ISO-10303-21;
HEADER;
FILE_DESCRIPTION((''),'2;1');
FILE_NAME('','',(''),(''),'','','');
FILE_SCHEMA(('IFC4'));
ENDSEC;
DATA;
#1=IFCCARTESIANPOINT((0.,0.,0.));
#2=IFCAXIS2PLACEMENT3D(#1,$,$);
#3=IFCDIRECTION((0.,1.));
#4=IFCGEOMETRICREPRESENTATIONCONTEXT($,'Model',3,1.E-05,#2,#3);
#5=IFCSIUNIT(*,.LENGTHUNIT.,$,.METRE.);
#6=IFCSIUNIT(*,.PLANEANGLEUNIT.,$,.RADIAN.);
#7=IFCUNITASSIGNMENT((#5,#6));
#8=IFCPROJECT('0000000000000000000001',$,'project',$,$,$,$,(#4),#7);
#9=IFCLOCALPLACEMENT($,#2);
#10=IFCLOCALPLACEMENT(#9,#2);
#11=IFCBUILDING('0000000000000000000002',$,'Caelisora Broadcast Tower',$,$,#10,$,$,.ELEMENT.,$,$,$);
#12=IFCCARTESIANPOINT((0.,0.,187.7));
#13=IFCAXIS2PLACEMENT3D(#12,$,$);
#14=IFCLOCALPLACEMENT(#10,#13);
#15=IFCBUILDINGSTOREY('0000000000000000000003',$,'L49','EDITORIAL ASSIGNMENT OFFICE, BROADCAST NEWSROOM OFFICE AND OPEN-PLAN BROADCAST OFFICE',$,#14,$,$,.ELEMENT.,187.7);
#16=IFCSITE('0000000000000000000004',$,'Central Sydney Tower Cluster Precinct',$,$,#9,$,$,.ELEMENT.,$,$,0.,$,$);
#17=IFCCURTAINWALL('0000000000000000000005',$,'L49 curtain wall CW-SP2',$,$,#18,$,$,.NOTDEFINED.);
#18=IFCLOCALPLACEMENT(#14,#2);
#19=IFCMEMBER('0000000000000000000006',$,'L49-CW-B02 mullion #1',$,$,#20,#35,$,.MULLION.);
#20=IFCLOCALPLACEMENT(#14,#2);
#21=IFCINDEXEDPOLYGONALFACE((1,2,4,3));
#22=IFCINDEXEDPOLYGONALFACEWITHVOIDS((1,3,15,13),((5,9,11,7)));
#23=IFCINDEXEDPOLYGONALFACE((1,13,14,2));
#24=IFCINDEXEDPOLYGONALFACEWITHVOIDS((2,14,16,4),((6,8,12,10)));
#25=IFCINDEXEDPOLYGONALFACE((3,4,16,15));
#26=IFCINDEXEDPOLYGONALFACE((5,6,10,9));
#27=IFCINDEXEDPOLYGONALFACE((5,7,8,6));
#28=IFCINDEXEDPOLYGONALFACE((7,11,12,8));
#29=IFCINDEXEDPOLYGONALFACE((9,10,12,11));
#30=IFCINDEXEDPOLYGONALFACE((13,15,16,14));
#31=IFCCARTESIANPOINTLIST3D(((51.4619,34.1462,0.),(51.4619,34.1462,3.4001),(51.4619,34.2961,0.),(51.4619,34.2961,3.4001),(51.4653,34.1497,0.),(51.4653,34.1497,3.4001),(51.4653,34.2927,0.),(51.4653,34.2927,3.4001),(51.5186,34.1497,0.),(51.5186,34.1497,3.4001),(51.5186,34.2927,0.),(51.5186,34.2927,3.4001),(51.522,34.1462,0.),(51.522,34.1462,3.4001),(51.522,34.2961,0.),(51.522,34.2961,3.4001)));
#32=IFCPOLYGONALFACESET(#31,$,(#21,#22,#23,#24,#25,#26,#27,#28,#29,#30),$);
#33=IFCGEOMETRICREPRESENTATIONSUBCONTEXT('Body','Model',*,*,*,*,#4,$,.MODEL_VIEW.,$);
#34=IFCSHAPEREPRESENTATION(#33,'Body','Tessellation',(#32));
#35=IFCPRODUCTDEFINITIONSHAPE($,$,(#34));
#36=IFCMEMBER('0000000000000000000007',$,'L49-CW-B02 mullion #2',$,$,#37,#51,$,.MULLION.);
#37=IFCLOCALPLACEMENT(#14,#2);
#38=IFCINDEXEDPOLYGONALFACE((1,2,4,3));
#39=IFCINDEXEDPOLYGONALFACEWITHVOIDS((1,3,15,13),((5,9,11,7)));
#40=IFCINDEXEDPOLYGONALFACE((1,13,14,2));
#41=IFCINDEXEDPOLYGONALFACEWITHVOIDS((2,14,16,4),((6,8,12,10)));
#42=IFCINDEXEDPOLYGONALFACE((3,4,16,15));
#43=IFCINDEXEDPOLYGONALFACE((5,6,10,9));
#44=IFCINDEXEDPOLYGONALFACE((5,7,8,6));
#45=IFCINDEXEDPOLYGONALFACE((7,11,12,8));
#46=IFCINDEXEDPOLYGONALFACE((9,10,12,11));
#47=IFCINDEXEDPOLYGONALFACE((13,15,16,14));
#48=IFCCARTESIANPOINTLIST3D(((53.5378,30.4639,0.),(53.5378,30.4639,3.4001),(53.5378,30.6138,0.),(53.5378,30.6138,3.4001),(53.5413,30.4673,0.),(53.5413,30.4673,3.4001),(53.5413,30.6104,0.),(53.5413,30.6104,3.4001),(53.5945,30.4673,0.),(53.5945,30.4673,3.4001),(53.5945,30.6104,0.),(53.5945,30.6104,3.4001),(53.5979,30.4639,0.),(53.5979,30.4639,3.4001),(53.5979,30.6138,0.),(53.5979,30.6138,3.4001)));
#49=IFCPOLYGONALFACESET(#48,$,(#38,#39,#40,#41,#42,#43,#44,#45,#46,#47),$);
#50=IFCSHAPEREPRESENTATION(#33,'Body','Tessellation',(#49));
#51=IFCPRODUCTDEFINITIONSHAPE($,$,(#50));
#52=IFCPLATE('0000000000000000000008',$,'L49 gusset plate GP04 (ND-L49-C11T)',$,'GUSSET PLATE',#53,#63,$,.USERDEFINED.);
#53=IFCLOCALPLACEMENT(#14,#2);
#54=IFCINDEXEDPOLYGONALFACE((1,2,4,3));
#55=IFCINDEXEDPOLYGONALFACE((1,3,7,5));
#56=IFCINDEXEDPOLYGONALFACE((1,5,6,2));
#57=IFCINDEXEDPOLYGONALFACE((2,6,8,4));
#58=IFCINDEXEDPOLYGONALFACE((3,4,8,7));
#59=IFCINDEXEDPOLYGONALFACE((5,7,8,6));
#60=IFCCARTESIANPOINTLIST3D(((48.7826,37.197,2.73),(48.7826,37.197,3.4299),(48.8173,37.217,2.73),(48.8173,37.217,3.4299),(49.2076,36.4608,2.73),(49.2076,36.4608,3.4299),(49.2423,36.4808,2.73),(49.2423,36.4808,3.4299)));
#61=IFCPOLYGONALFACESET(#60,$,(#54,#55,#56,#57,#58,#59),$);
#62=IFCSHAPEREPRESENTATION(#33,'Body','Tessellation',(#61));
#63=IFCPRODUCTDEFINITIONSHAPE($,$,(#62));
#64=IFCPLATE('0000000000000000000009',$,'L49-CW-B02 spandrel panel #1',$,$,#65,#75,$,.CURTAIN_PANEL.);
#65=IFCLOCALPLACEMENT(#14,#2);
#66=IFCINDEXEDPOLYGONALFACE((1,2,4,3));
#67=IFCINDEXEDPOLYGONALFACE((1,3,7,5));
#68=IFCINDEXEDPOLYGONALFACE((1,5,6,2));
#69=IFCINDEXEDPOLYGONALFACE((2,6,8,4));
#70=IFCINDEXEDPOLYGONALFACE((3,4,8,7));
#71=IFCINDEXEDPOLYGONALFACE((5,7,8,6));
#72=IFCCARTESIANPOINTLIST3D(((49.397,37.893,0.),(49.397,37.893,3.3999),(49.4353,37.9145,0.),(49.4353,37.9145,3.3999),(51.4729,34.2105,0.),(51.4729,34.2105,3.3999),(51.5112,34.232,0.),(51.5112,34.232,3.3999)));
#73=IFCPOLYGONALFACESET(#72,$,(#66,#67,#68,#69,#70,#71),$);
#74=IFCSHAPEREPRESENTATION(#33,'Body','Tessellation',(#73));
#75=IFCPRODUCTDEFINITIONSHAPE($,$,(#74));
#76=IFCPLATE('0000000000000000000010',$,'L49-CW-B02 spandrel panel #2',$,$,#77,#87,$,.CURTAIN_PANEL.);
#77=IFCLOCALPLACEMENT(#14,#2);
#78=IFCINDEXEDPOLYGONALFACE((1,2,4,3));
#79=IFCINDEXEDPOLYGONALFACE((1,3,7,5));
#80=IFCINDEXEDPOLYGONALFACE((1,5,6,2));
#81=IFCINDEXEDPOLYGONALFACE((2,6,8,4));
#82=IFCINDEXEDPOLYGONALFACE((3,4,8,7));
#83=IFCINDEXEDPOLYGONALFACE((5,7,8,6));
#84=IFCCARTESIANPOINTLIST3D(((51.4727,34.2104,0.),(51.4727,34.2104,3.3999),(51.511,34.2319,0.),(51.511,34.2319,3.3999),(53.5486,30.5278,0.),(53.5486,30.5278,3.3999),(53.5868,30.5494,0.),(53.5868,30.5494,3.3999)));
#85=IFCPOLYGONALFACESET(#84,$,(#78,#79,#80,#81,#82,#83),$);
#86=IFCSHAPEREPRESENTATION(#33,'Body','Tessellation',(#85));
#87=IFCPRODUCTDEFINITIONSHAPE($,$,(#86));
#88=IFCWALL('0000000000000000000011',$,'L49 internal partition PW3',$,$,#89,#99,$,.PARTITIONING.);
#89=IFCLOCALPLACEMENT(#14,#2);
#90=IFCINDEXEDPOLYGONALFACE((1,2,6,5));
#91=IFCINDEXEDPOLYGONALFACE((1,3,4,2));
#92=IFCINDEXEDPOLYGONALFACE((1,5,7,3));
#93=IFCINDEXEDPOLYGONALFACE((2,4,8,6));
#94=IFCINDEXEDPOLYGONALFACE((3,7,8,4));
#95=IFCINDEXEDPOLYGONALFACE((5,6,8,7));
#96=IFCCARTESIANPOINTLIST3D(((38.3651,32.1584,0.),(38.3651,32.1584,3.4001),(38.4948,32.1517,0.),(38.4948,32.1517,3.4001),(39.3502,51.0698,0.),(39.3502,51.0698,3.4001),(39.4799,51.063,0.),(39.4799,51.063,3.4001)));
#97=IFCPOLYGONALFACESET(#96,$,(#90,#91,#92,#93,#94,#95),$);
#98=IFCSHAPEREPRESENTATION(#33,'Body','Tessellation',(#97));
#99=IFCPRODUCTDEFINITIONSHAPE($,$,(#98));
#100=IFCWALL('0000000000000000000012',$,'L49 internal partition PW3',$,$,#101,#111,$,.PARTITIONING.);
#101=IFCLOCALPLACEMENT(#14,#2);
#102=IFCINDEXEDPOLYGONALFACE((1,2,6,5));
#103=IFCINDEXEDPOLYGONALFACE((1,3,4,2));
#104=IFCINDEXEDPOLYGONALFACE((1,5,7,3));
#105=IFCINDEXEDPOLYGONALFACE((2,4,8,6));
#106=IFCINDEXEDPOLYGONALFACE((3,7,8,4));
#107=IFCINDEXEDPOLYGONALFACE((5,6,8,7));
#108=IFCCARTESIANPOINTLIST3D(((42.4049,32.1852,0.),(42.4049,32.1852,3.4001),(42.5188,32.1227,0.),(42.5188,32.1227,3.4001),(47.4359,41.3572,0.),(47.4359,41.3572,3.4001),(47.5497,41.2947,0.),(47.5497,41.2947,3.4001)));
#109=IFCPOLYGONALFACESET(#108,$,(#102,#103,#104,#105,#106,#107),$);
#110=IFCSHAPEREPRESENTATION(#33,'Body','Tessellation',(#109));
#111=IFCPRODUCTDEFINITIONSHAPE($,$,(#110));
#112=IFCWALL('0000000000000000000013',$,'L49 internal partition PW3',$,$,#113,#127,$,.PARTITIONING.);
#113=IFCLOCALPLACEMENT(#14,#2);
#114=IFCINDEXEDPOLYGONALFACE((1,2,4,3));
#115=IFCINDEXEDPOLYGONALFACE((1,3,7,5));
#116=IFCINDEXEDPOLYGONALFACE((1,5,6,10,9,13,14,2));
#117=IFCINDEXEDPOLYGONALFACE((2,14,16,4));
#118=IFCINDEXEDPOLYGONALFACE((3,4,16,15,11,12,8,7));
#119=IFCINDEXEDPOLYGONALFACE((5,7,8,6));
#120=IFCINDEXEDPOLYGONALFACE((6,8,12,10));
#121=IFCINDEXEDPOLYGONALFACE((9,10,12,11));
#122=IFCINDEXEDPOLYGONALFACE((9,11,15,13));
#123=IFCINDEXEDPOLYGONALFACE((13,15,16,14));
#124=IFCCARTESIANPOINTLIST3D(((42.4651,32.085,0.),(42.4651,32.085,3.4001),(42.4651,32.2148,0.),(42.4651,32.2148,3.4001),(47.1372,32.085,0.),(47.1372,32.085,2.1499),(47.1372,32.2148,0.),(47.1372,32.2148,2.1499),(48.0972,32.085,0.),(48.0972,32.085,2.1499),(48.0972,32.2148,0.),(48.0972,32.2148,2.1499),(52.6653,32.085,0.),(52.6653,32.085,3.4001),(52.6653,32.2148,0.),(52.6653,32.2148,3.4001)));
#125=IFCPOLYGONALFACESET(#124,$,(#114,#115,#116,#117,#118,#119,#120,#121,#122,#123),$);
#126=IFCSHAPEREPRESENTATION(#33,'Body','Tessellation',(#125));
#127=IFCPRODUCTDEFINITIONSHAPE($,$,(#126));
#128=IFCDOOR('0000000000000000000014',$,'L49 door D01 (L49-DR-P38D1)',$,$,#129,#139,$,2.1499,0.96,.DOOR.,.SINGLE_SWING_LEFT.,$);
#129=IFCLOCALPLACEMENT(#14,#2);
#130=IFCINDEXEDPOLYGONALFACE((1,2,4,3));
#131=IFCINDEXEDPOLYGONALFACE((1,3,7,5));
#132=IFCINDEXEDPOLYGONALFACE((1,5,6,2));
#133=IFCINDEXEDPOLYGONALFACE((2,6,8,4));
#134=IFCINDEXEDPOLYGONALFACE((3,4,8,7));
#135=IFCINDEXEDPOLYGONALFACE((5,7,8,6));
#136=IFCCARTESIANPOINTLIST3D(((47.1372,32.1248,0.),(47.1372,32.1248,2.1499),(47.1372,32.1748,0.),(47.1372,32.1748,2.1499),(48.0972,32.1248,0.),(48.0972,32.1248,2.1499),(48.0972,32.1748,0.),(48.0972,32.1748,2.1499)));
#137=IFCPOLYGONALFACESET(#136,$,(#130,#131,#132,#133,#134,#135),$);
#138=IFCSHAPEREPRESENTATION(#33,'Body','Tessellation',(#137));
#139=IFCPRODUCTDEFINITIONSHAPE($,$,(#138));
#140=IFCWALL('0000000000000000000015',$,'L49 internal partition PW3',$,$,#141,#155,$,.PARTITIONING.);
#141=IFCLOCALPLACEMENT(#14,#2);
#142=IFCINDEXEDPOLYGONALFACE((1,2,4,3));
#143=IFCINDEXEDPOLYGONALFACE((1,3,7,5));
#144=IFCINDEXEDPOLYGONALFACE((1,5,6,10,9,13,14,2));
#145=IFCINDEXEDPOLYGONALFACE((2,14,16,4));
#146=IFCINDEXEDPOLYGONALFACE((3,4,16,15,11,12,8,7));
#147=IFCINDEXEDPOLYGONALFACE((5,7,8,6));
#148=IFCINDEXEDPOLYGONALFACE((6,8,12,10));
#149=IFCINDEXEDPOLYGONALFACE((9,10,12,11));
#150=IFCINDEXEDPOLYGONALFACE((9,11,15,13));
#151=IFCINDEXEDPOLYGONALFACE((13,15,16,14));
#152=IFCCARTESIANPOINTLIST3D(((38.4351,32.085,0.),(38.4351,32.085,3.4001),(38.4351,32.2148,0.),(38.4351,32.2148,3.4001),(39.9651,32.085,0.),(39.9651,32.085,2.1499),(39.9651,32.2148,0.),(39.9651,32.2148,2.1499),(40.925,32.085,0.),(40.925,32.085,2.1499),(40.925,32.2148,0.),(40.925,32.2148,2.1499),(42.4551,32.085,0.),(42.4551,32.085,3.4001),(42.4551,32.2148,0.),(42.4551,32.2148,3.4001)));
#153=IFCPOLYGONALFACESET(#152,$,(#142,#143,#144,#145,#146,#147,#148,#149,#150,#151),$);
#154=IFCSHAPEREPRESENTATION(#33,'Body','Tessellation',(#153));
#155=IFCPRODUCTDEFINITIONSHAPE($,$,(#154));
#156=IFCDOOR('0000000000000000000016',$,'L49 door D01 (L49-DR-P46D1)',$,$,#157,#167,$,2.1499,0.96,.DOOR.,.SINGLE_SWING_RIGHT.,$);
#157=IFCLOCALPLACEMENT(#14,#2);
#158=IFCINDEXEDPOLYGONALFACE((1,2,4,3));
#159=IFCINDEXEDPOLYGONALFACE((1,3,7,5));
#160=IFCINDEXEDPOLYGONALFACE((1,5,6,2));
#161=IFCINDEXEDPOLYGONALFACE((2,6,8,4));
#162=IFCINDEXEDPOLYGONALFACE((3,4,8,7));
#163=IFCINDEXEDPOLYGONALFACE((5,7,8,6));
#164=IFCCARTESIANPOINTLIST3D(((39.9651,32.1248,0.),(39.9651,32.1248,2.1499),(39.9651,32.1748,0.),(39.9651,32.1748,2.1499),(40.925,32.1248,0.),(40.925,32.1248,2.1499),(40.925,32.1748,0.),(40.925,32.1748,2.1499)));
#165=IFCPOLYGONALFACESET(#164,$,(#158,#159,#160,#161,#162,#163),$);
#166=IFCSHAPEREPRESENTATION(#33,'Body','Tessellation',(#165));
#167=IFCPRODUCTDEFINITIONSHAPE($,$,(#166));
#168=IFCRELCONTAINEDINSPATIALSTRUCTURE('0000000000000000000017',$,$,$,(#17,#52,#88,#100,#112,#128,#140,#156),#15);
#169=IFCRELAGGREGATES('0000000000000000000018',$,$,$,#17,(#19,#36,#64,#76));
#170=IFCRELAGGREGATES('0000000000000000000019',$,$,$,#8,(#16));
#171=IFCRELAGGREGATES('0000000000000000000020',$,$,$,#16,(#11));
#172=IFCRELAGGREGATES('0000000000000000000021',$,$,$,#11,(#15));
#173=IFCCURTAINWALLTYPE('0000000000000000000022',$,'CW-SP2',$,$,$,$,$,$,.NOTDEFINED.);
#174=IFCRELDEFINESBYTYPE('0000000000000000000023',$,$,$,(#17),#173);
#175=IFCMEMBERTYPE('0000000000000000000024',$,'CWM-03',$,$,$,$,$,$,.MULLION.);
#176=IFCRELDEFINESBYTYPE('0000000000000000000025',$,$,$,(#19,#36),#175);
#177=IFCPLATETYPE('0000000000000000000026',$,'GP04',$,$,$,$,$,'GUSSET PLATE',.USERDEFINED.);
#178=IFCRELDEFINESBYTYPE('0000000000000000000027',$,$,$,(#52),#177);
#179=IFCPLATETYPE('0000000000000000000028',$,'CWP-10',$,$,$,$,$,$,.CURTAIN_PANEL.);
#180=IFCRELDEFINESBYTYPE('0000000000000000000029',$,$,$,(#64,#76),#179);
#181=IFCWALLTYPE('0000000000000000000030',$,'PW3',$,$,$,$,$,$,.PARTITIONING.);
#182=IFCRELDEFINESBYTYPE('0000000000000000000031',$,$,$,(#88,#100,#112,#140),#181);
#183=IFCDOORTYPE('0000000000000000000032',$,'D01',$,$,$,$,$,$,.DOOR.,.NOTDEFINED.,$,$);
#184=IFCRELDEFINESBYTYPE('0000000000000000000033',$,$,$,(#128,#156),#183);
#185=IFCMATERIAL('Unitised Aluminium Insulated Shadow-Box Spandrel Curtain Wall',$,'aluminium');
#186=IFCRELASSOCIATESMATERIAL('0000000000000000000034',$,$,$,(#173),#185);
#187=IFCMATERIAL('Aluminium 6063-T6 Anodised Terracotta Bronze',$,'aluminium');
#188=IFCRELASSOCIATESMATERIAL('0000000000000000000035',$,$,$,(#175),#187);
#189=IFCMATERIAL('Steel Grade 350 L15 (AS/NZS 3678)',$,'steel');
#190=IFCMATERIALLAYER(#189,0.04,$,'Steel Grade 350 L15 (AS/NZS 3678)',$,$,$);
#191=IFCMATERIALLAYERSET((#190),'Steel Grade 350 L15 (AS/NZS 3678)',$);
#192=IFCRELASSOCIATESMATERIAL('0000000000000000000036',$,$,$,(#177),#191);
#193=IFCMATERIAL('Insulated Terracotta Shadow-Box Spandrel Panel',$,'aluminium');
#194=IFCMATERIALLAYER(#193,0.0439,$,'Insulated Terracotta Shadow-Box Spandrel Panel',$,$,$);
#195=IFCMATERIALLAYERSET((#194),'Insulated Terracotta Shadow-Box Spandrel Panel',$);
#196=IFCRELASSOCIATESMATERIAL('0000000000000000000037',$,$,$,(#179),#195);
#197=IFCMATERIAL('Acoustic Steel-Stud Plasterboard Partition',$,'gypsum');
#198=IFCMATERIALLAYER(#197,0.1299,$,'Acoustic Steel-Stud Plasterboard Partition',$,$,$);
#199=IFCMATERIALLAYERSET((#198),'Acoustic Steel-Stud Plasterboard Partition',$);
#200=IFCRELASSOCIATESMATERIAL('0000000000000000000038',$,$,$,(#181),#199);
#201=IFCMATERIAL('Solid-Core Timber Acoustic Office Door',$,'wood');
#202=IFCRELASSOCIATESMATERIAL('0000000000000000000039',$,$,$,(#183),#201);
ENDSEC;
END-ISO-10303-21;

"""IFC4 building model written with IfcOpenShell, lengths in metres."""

from ifc_helpers import new_model, si_unit, direction, frame, frame_2d, origin, origin_2d, place, context, subcontext, project, spatial, rectangle, hollow_rectangle, extrude, source, transform, mapped, material, layer, layer_set, material_profile, profile_set, type_object, type_shapes, element, fill, aggregate, save


model = new_model("IFC4")

# Units and contexts
model_context = context("Model", 3, precision=1e-05, world=origin(), true_north=direction((0.0, 1.0)))
body_context = subcontext(model_context, "Body", "Model", "MODEL_VIEW")
ifc_project = project(units=[si_unit("LENGTHUNIT", "METRE"), si_unit("PLANEANGLEUNIT", "RADIAN")], contexts=[model_context])

# Site, building, storey
site_placement = place(None, origin())
site = spatial("IfcSite", under=ifc_project, at=site_placement, Name="Central Sydney Tower Cluster Precinct", CompositionType="ELEMENT", RefElevation=0.0)
building_placement = place(site_placement, origin())
building = spatial("IfcBuilding", under=site, at=building_placement, Name="Caelisora Broadcast Tower", CompositionType="ELEMENT")
storey_placement = place(building_placement, frame((0.0, 0.0, 187.7)))
storey = spatial("IfcBuildingStorey", under=building, at=storey_placement, Name="L49", Description="EDITORIAL ASSIGNMENT OFFICE, BROADCAST NEWSROOM OFFICE AND OPEN-PLAN BROADCAST OFFICE", CompositionType="ELEMENT", Elevation=187.7)

# Shared definitions
ifc_material_1 = material(Name="Steel Grade 350 L15 (AS/NZS 3678)", Category="steel")

# Curtain wall, members
ifc_material_2 = material(Name="Unitised Aluminium Insulated Shadow-Box Spandrel Curtain Wall", Category="aluminium")
curtain_wall_type = type_object("IfcCurtainWallType", Name="CW-SP2", PredefinedType="NOTDEFINED", material=ifc_material_2)
curtain_wall_placement = place(storey_placement, origin())
curtain_wall = element("IfcCurtainWall", 1, at=curtain_wall_placement, inside=storey, type_object=curtain_wall_type, Name="L49 curtain wall CW-SP2", PredefinedType="NOTDEFINED")
ifc_material_3 = material(Name="Aluminium 6063-T6 Anodised Terracotta Bronze", Category="aluminium")
ifc_material_profile_1 = material_profile(ifc_material_3, hollow_rectangle(XDim=0.0601, YDim=0.1499, WallThickness=0.0034, at=origin_2d()), Name="Aluminium 6063-T6 Anodised Terracotta Bronze")
ifc_profile_set_1 = profile_set([ifc_material_profile_1], Name="Aluminium 6063-T6 Anodised Terracotta Bronze")
member_type = type_object("IfcMemberType", Name="CWM-03", PredefinedType="MULLION", material=ifc_profile_set_1)
shared_shape_1 = source(origin(), body_context, "Body", "SweptSolid", [
    extrude(hollow_rectangle(XDim=0.0601, YDim=0.1499, WallThickness=0.0034, at=origin_2d()), origin(), (0.0, 0.0, 1.0), 3.4001),
])
type_shapes(member_type, [shared_shape_1])
member_1_placement = place(storey_placement, frame((51.4919, 34.2212, 0.0), z_axis=(0.0, 0.0, 1.0), x_axis=(1.0, 0.0, 0.0)))
member_1 = element("IfcMember", 2, at=member_1_placement, type_object=member_type, Name="L49-CW-B02 mullion #1", PredefinedType="MULLION", context=body_context, shape_type="MappedRepresentation", body=[
    mapped(shared_shape_1, transform((0.0, 0.0, 0.0), scale=1.0)),
])
member_2_placement = place(storey_placement, frame((53.5679, 30.5388, 0.0), z_axis=(0.0, 0.0, 1.0), x_axis=(1.0, 0.0, 0.0)))
member_2 = element("IfcMember", 3, at=member_2_placement, type_object=member_type, Name="L49-CW-B02 mullion #2", PredefinedType="MULLION", context=body_context, shape_type="MappedRepresentation", body=[
    mapped(shared_shape_1, transform((0.0, 0.0, 0.0), scale=1.0)),
])

# Plates
ifc_layer_1 = layer(ifc_material_1, 0.04, Name="Steel Grade 350 L15 (AS/NZS 3678)")
ifc_layer_set_1 = layer_set([ifc_layer_1], Name="Steel Grade 350 L15 (AS/NZS 3678)")
plate_type_1 = type_object("IfcPlateType", Name="GP04", ElementType="GUSSET PLATE", PredefinedType="USERDEFINED", material=ifc_layer_set_1)
shared_shape_2 = source(origin(), body_context, "Body", "SweptSolid", [
    extrude(rectangle(XDim=0.8501, YDim=0.04, at=origin_2d()), origin(), (0.0, 0.0, 1.0), 0.7),
])
type_shapes(plate_type_1, [shared_shape_2])
plate_1_placement = place(storey_placement, frame((49.0125, 36.8389, 2.73), z_axis=(0.0, 0.0, 1.0), x_axis=(-0.5, 0.866025, 0.0)))
element("IfcPlate", 4, at=plate_1_placement, inside=storey, type_object=plate_type_1, Name="L49 gusset plate GP04 (ND-L49-C11T)", ObjectType="GUSSET PLATE", PredefinedType="USERDEFINED", context=body_context, shape_type="MappedRepresentation", body=[
    mapped(shared_shape_2, transform((0.0, 0.0, 0.0), scale=1.0)),
])
ifc_material_4 = material(Name="Insulated Terracotta Shadow-Box Spandrel Panel", Category="aluminium")
ifc_layer_2 = layer(ifc_material_4, 0.0439, Name="Insulated Terracotta Shadow-Box Spandrel Panel")
ifc_layer_set_2 = layer_set([ifc_layer_2], Name="Insulated Terracotta Shadow-Box Spandrel Panel")
plate_type_2 = type_object("IfcPlateType", Name="CWP-10", PredefinedType="CURTAIN_PANEL", material=ifc_layer_set_2)
shared_shape_3 = source(origin(), body_context, "Body", "SweptSolid", [
    extrude(rectangle(XDim=4.2273, YDim=0.0439, at=origin_2d()), origin(), (0.0, 0.0, 1.0), 3.3999),
])
type_shapes(plate_type_2, [shared_shape_3])
plate_2_placement = place(storey_placement, frame((50.4541, 36.0625, 0.0), z_axis=(0.0, 0.0, 1.0), x_axis=(0.491056, -0.871128, 0.0)))
plate_2 = element("IfcPlate", 5, at=plate_2_placement, type_object=plate_type_2, Name="L49-CW-B02 spandrel panel #1", PredefinedType="CURTAIN_PANEL", context=body_context, shape_type="MappedRepresentation", body=[
    mapped(shared_shape_3, transform((0.0, 0.0, 0.0), scale=1.0)),
])
plate_3_placement = place(storey_placement, frame((52.5298, 32.3799, 0.0), z_axis=(0.0, 0.0, 1.0), x_axis=(0.491056, -0.871128, 0.0)))
plate_3 = element("IfcPlate", 6, at=plate_3_placement, type_object=plate_type_2, Name="L49-CW-B02 spandrel panel #2", PredefinedType="CURTAIN_PANEL", context=body_context, shape_type="MappedRepresentation", body=[
    mapped(shared_shape_3, transform((0.0, 0.0, 0.0), scale=1.0)),
])
aggregate(curtain_wall, [member_1, member_2, plate_2, plate_3])

# Walls
ifc_material_5 = material(Name="Acoustic Steel-Stud Plasterboard Partition", Category="gypsum")
ifc_layer_3 = layer(ifc_material_5, 0.1299, Name="Acoustic Steel-Stud Plasterboard Partition")
ifc_layer_set_3 = layer_set([ifc_layer_3], Name="Acoustic Steel-Stud Plasterboard Partition")
wall_type = type_object("IfcWallType", Name="PW3", PredefinedType="PARTITIONING", material=ifc_layer_set_3)
wall_1_placement = place(storey_placement, frame((38.4299, 32.155, 0.0), z_axis=(0.0, 0.0, 1.0), x_axis=(0.05202, 0.998646, 0.0)))
element("IfcWall", 7, at=wall_1_placement, inside=storey, type_object=wall_type, Name="L49 internal partition PW3", PredefinedType="PARTITIONING", context=body_context, shape_type="SweptSolid", body=[
    extrude(rectangle(XDim=18.937, YDim=0.1299, at=frame_2d((9.4685, 0.0))), origin(), (0.0, 0.0, 1.0), 3.4001),
])
wall_2_placement = place(storey_placement, frame((42.4619, 32.1541, 0.0), z_axis=(0.0, 0.0, 1.0), x_axis=(0.480916, 0.876767, 0.0)))
element("IfcWall", 8, at=wall_2_placement, inside=storey, type_object=wall_type, Name="L49 internal partition PW3", PredefinedType="PARTITIONING", context=body_context, shape_type="SweptSolid", body=[
    extrude(rectangle(XDim=10.4612, YDim=0.1299, at=frame_2d((5.2305, 0.0))), origin(), (0.0, 0.0, 1.0), 3.4001),
])

# Walls, openings, doors
wall_3_placement = place(storey_placement, frame((42.4651, 32.1499, 0.0), z_axis=(0.0, 0.0, 1.0), x_axis=(1.0, 0.0, 0.0)))
wall_3 = element("IfcWall", 9, at=wall_3_placement, inside=storey, type_object=wall_type, Name="L49 internal partition PW3", PredefinedType="PARTITIONING", context=body_context, shape_type="SweptSolid", body=[
    extrude(rectangle(XDim=10.2002, YDim=0.1299, at=frame_2d((5.1001, 0.0))), origin(), (0.0, 0.0, 1.0), 3.4001),
])
opening_1_placement = place(wall_3_placement, frame((4.6721, 0.0, 0.0)))
opening_1 = element("IfcOpeningElement", 10, at=opening_1_placement, cuts=wall_3, PredefinedType="OPENING", context=body_context, shape_type="SweptSolid", body=[
    extrude(rectangle(XDim=0.96, YDim=2.1499, at=frame_2d((0.48, 1.075))), frame((0.0, 0.0769, 0.0), z_axis=(0.0, -1.0, 0.0), x_axis=(1.0, 0.0, 0.0)), (0.0, 0.0, 1.0), 0.1538),
])
ifc_material_6 = material(Name="Solid-Core Timber Acoustic Office Door", Category="wood")
door_type = type_object("IfcDoorType", Name="D01", OperationType="NOTDEFINED", PredefinedType="DOOR", material=ifc_material_6)
door_1_placement = place(opening_1_placement, origin())
door_1 = element("IfcDoor", 11, at=door_1_placement, inside=storey, type_object=door_type, Name="L49 door D01 (L49-DR-P38D1)", OperationType="SINGLE_SWING_LEFT", OverallHeight=2.1499, OverallWidth=0.96, PredefinedType="DOOR", context=body_context, shape_type="SweptSolid", body=[
    extrude(rectangle(XDim=0.96, YDim=2.1499, at=frame_2d((0.48, 1.075))), frame((0.0, 0.0249, 0.0), z_axis=(0.0, -1.0, 0.0), x_axis=(1.0, 0.0, 0.0)), (0.0, 0.0, 1.0), 0.05),
])
fill(opening_1, door_1)
wall_4_placement = place(storey_placement, frame((38.4351, 32.1499, 0.0), z_axis=(0.0, 0.0, 1.0), x_axis=(1.0, 0.0, 0.0)))
wall_4 = element("IfcWall", 12, at=wall_4_placement, inside=storey, type_object=wall_type, Name="L49 internal partition PW3", PredefinedType="PARTITIONING", context=body_context, shape_type="SweptSolid", body=[
    extrude(rectangle(XDim=4.02, YDim=0.1299, at=frame_2d((2.01, 0.0))), origin(), (0.0, 0.0, 1.0), 3.4001),
])
opening_2_placement = place(wall_4_placement, frame((1.53, 0.0, 0.0)))
opening_2 = element("IfcOpeningElement", 13, at=opening_2_placement, cuts=wall_4, PredefinedType="OPENING", context=body_context, shape_type="SweptSolid", body=[
    extrude(rectangle(XDim=0.96, YDim=2.1499, at=frame_2d((0.48, 1.075))), frame((0.0, 0.0769, 0.0), z_axis=(0.0, -1.0, 0.0), x_axis=(1.0, 0.0, 0.0)), (0.0, 0.0, 1.0), 0.1538),
])
door_2_placement = place(opening_2_placement, origin())
door_2 = element("IfcDoor", 14, at=door_2_placement, inside=storey, type_object=door_type, Name="L49 door D01 (L49-DR-P46D1)", OperationType="SINGLE_SWING_RIGHT", OverallHeight=2.1499, OverallWidth=0.96, PredefinedType="DOOR", context=body_context, shape_type="SweptSolid", body=[
    extrude(rectangle(XDim=0.96, YDim=2.1499, at=frame_2d((0.48, 1.075))), frame((0.0, 0.0249, 0.0), z_axis=(0.0, -1.0, 0.0), x_axis=(1.0, 0.0, 0.0)), (0.0, 0.0, 1.0), 0.05),
])
fill(opening_2, door_2)

save(model, "model.ifc")
